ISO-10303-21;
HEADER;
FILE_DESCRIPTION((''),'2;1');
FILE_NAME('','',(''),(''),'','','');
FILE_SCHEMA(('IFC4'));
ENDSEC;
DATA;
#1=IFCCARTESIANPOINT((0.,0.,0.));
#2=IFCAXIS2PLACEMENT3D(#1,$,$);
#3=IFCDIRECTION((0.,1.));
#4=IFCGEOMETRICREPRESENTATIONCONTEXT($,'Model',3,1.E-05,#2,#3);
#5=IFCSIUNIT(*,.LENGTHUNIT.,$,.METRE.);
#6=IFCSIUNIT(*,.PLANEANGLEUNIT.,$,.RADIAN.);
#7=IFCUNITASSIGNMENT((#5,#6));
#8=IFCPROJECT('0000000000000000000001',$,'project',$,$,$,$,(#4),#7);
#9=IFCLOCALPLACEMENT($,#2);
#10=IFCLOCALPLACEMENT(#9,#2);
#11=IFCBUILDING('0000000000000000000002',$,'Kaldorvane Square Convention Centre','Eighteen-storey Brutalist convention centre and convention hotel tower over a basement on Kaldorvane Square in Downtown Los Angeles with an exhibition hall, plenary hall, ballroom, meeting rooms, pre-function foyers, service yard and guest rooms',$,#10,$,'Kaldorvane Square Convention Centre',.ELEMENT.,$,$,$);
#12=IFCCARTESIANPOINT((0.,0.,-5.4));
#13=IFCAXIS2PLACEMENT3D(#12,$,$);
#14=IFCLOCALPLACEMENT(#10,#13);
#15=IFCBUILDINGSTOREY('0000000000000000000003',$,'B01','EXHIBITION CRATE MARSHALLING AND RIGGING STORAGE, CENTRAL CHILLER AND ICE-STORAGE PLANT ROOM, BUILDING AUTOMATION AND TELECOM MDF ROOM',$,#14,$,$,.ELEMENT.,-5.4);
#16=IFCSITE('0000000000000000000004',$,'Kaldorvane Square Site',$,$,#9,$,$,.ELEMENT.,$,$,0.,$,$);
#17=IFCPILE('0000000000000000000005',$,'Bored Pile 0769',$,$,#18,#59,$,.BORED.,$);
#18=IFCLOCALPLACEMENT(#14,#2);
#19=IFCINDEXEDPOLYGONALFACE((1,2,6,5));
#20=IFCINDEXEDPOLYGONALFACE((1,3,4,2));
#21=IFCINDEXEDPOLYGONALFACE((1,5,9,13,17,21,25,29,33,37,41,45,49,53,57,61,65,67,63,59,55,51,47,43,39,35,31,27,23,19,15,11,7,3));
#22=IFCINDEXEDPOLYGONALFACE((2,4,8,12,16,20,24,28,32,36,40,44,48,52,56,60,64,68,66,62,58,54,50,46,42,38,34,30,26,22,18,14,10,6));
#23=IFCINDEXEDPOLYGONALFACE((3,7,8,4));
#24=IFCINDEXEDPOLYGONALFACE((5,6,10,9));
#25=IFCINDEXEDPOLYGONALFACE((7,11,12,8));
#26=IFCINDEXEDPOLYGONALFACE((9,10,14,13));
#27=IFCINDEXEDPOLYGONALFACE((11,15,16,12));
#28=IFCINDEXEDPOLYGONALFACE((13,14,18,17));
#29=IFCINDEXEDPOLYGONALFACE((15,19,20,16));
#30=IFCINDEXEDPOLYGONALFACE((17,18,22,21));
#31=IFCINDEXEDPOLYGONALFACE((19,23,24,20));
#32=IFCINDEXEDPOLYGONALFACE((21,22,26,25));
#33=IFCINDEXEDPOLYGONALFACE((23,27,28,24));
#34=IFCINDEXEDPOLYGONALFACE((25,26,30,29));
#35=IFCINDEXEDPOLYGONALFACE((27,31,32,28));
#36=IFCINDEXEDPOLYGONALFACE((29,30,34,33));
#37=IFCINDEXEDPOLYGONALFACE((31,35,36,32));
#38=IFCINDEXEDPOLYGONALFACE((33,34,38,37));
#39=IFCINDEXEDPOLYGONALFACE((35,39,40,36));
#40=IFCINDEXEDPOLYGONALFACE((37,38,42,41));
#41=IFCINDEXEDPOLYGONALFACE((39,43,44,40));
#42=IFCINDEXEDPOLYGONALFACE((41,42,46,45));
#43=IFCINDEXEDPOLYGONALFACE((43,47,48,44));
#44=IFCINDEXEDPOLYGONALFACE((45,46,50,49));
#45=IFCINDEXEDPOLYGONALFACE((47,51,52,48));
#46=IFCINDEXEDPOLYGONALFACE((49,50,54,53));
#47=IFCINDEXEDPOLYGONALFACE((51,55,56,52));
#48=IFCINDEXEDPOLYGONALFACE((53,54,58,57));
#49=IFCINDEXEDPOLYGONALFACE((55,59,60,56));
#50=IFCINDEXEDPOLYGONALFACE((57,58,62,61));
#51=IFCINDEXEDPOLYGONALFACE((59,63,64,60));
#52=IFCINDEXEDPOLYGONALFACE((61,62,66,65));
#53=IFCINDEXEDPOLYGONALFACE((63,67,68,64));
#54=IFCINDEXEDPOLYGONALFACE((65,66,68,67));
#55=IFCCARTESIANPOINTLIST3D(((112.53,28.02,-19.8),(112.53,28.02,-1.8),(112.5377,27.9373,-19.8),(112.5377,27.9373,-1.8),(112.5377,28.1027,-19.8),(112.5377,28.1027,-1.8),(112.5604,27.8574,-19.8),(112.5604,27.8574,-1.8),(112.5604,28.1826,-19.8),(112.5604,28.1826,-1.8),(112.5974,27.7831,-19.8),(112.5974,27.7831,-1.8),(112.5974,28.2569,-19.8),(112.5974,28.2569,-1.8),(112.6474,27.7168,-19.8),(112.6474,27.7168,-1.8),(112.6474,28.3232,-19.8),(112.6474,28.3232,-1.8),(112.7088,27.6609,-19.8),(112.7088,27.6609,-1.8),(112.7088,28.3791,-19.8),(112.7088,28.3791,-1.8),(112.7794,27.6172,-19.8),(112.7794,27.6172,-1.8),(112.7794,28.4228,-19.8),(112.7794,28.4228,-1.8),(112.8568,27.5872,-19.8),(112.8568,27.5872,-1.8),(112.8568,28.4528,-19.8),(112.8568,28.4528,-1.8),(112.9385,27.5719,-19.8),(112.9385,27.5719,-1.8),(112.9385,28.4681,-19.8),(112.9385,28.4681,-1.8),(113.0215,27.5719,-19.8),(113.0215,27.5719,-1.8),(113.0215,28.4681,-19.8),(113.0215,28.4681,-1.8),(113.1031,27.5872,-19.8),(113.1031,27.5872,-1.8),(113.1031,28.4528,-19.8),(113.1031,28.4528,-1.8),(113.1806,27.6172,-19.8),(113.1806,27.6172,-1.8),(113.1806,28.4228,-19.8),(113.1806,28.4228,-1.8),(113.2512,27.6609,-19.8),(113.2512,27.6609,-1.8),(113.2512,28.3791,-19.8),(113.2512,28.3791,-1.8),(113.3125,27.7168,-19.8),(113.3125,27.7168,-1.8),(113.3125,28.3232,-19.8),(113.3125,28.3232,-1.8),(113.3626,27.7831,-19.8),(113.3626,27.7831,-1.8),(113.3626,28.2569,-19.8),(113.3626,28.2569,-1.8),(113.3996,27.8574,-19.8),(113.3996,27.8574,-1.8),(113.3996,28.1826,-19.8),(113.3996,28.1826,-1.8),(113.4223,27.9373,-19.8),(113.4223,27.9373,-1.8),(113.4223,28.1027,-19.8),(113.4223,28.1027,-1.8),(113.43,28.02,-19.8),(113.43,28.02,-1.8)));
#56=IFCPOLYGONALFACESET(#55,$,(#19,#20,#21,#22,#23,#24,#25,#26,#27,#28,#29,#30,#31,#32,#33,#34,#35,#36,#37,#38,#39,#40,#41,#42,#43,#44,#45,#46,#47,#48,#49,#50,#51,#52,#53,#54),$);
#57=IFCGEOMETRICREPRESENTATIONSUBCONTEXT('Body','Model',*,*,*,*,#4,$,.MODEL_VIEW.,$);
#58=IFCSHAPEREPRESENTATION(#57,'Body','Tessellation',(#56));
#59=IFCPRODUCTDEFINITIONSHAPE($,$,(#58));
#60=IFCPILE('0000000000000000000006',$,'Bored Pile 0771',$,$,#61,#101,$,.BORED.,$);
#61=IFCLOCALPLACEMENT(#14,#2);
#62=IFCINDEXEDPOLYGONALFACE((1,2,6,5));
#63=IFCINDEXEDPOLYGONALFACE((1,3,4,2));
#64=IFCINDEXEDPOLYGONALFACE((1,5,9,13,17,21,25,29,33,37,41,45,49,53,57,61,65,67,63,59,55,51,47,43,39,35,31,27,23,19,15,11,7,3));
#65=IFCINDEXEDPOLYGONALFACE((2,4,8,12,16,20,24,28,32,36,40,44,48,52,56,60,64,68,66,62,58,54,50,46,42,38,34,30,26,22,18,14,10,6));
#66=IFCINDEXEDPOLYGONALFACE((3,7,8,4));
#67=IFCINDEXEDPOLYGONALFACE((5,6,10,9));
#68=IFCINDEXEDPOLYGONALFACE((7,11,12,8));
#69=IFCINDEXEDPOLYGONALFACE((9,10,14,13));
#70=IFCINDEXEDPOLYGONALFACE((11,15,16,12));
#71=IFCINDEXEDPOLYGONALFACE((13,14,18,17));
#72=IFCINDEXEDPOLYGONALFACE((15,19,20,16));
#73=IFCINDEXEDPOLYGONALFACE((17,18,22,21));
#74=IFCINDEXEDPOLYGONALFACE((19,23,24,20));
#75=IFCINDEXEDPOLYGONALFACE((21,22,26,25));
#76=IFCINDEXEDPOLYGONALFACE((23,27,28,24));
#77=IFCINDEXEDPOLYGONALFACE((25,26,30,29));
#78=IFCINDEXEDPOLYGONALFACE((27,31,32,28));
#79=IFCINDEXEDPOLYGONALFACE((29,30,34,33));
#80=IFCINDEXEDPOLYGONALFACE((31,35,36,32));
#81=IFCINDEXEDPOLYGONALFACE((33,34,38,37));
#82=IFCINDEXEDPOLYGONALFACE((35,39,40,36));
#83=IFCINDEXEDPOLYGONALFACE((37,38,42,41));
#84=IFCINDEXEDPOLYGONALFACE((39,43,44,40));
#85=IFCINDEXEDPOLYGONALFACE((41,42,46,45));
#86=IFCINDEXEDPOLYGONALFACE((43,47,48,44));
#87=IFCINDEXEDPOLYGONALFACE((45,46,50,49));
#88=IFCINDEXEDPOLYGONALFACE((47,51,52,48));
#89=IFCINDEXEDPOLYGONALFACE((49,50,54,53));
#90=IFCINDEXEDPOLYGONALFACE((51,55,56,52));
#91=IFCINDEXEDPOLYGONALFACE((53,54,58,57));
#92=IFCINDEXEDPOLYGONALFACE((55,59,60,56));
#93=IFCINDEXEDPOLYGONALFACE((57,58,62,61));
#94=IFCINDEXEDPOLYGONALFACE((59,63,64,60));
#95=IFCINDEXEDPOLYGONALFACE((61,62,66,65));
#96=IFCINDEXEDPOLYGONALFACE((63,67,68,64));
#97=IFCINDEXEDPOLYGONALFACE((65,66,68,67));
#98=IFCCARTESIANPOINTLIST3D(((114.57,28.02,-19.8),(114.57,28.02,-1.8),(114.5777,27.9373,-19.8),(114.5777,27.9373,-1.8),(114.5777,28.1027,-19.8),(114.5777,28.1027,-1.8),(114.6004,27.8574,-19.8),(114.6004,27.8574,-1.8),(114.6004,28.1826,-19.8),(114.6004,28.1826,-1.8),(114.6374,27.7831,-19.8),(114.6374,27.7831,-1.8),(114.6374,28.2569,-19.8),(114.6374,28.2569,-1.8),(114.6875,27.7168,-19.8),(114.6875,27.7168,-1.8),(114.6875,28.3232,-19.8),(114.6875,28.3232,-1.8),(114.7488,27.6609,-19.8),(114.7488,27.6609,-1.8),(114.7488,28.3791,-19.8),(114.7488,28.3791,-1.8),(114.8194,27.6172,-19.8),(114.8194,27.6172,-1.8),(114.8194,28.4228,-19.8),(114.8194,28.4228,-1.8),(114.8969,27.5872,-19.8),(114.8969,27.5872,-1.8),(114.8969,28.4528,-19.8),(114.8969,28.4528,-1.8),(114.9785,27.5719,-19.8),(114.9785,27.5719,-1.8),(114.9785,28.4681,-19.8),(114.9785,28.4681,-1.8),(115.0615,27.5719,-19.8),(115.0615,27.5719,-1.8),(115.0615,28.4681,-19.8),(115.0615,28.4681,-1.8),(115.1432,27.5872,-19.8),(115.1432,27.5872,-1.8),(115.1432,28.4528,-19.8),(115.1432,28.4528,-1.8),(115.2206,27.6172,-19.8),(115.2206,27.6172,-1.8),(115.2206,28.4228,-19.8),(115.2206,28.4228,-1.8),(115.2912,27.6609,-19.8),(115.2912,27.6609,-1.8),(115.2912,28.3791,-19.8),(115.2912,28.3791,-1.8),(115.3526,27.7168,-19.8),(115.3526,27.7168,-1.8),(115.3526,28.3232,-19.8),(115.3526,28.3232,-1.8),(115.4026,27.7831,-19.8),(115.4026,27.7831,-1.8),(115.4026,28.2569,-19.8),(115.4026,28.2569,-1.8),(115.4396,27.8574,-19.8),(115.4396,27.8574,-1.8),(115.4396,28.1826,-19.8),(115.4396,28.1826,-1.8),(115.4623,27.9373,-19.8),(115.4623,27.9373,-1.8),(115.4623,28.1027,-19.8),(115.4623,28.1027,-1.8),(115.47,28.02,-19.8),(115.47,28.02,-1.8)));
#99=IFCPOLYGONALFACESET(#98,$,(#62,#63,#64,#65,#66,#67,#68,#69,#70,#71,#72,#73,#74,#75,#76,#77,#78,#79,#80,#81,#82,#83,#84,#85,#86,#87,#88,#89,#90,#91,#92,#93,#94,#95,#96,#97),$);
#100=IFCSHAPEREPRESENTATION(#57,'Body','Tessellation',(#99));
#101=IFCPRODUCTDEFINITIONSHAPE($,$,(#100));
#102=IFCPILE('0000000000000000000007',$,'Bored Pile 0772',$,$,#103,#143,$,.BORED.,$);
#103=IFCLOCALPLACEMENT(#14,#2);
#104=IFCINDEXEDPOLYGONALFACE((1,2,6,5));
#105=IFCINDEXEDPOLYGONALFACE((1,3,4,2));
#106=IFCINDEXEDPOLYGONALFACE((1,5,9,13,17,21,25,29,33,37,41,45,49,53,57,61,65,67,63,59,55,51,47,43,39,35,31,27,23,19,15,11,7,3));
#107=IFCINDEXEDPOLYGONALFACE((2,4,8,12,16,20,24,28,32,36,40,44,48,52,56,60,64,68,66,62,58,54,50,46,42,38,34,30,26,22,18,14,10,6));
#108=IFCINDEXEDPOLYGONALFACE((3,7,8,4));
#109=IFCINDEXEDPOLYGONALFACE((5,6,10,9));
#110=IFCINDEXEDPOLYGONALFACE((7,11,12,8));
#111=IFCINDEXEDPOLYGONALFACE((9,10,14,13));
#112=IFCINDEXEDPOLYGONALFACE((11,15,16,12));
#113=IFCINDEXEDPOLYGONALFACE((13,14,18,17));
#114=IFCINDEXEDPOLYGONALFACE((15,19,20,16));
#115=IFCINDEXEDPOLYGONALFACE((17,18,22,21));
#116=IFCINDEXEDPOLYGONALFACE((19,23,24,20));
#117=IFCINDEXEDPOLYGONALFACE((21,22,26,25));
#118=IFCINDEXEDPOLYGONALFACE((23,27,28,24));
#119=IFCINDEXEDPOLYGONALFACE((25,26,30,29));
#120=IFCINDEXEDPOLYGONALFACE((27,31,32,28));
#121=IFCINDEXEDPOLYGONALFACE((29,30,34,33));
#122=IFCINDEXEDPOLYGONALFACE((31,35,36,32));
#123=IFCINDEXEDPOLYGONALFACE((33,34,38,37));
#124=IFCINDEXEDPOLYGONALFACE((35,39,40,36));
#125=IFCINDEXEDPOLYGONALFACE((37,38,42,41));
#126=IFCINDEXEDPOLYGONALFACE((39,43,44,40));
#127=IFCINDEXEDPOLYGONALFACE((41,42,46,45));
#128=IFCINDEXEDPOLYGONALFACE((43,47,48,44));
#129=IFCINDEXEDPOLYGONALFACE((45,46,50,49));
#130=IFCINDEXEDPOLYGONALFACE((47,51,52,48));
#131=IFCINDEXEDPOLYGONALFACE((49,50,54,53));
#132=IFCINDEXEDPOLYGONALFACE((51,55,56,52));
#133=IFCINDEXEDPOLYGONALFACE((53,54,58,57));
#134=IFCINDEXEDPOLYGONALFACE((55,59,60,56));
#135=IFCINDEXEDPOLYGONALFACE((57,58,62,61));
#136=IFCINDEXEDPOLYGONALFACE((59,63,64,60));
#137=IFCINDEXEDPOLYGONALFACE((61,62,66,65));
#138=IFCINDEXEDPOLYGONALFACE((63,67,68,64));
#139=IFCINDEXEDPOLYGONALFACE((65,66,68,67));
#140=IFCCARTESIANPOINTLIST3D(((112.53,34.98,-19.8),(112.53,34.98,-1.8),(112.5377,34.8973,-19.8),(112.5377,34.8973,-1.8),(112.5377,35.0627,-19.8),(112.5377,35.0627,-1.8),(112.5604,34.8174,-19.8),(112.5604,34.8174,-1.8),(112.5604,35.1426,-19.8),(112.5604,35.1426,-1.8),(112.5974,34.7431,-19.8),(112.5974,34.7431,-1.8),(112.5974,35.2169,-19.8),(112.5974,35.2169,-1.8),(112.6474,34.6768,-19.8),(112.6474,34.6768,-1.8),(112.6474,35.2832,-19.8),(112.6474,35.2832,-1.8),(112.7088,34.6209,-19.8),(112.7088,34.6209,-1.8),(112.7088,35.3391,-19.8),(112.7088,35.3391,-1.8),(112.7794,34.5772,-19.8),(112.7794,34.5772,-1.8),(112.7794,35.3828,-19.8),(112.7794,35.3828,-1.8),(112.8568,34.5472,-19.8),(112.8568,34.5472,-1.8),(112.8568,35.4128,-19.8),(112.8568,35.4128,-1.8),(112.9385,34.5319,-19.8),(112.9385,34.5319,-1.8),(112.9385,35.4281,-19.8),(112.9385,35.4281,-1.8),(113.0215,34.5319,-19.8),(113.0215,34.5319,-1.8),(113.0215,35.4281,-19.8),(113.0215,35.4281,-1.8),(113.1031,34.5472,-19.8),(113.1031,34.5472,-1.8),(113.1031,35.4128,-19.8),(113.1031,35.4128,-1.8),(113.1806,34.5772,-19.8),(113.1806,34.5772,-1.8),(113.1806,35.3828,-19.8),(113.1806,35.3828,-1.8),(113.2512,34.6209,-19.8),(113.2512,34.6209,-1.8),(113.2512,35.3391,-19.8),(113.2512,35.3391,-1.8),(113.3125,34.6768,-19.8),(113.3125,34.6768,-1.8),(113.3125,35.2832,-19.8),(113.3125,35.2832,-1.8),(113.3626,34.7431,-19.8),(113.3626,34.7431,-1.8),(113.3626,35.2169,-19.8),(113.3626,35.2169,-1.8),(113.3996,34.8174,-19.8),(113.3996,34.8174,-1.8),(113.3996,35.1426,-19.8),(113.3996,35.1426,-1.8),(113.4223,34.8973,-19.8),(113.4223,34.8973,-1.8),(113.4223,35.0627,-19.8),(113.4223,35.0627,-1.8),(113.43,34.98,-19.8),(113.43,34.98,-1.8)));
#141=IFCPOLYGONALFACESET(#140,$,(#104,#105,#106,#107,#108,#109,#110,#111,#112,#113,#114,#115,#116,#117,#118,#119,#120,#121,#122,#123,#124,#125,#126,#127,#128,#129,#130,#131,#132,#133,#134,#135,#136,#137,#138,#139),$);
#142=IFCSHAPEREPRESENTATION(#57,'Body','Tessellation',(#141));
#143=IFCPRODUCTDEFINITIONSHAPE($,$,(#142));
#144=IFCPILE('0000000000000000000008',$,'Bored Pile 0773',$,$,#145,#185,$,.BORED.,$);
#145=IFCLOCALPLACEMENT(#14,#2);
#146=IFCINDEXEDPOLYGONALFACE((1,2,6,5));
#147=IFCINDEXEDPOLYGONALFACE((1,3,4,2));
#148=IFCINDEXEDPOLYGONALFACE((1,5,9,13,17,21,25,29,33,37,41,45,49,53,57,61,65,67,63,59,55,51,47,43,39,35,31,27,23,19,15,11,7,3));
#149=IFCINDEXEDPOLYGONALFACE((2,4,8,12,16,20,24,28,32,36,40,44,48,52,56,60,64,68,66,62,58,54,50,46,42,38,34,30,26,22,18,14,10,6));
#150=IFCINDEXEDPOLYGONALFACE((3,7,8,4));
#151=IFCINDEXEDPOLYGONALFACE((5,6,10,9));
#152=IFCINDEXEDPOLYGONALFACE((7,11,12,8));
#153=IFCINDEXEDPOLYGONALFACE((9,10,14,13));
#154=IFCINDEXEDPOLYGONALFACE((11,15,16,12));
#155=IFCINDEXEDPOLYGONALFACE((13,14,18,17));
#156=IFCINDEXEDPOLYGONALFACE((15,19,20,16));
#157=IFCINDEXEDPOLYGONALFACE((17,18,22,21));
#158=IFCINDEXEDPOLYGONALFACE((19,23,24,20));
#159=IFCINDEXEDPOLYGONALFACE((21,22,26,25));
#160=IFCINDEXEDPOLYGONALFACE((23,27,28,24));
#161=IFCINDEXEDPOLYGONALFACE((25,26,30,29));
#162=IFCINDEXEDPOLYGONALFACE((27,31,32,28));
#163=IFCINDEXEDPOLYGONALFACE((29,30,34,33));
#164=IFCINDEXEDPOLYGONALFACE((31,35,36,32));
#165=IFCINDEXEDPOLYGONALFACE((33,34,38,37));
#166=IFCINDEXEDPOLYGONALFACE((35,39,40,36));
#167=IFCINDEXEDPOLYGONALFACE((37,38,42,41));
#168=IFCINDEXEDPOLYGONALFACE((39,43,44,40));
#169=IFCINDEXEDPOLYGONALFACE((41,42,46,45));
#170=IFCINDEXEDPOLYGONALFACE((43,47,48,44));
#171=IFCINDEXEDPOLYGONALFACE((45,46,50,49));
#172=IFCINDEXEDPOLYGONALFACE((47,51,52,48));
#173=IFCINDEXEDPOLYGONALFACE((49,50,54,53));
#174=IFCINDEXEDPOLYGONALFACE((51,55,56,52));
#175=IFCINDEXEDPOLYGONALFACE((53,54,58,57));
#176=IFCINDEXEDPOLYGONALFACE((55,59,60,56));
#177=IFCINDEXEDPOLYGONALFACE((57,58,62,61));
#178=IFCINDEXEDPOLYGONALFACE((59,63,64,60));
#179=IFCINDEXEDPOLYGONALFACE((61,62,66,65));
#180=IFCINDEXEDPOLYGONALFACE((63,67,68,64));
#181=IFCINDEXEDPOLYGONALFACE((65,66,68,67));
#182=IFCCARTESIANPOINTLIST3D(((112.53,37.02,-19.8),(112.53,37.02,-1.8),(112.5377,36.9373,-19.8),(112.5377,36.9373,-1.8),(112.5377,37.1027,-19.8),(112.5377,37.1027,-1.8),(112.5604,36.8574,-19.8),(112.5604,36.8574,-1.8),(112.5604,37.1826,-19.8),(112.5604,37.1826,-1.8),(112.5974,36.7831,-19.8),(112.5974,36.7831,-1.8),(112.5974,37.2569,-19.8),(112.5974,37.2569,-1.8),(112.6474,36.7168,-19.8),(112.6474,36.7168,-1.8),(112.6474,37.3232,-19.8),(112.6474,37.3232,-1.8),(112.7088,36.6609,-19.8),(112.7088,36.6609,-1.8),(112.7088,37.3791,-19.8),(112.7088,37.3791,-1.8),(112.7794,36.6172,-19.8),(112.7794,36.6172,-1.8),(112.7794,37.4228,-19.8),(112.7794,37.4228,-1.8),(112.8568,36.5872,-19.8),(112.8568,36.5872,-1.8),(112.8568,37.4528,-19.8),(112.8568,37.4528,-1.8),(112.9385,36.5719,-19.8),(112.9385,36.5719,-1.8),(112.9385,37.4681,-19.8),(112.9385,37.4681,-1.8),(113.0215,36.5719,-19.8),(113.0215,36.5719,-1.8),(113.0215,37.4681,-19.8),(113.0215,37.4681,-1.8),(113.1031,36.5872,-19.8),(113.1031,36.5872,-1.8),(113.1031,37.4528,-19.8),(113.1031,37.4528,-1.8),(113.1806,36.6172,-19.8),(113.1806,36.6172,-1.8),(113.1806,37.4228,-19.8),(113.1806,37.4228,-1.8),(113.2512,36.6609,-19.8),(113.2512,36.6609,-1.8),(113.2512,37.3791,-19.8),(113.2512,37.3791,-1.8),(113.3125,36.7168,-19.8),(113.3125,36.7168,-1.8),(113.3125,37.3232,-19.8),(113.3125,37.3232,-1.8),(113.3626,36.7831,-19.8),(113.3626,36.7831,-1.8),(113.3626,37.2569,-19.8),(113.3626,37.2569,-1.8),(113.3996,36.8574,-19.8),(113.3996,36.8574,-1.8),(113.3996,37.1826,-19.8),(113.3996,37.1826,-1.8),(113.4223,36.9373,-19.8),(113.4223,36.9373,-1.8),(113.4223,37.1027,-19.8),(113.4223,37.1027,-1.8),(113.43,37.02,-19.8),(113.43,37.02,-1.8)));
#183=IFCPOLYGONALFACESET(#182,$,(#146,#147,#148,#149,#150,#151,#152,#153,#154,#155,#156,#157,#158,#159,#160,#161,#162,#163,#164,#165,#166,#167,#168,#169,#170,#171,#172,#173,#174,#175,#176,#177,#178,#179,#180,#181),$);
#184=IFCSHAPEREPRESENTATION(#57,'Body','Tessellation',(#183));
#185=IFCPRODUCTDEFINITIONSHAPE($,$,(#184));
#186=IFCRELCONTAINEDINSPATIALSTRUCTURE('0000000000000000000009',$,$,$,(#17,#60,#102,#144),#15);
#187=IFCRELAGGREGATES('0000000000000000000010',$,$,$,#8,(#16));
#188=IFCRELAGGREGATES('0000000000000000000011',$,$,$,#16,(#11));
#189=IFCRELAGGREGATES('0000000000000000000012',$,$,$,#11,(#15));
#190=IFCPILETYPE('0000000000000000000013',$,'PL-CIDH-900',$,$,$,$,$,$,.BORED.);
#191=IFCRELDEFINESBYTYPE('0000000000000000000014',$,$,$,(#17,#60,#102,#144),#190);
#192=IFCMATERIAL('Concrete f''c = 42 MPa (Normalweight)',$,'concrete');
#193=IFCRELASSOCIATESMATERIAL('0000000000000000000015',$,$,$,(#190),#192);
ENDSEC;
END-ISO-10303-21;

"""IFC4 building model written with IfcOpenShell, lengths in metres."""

from ifc_helpers import new_model, si_unit, direction, frame, origin, origin_2d, place, context, subcontext, project, spatial, circle, extrude, material, material_profile, profile_set, type_object, element, save


model = new_model("IFC4")

# Units and contexts
model_context = context("Model", 3, precision=1e-05, world=origin(), true_north=direction((0.0, 1.0)))
body_context = subcontext(model_context, "Body", "Model", "MODEL_VIEW")
ifc_project = project(units=[si_unit("LENGTHUNIT", "METRE"), si_unit("PLANEANGLEUNIT", "RADIAN")], contexts=[model_context])

# Site, building, storey
site_placement = place(None, origin())
site = spatial("IfcSite", under=ifc_project, at=site_placement, Name="Kaldorvane Square Site", CompositionType="ELEMENT", RefElevation=0.0)
building_placement = place(site_placement, origin())
building = spatial("IfcBuilding", under=site, at=building_placement, Name="Kaldorvane Square Convention Centre", Description="Eighteen-storey Brutalist convention centre and convention hotel tower over a basement on Kaldorvane Square in Downtown Los Angeles with an exhibition hall, plenary hall, ballroom, meeting rooms, pre-function foyers, service yard and guest rooms", LongName="Kaldorvane Square Convention Centre", CompositionType="ELEMENT")
storey_placement = place(building_placement, frame((0.0, 0.0, -5.4)))
storey = spatial("IfcBuildingStorey", under=building, at=storey_placement, Name="B01", Description="EXHIBITION CRATE MARSHALLING AND RIGGING STORAGE, CENTRAL CHILLER AND ICE-STORAGE PLANT ROOM, BUILDING AUTOMATION AND TELECOM MDF ROOM", CompositionType="ELEMENT", Elevation=-5.4)

# Shared definitions
ifc_material_1 = material(Name="Concrete f'c = 42 MPa (Normalweight)", Category="concrete")

# Piles
ifc_material_profile_1 = material_profile(ifc_material_1, circle(Radius=0.45, at=origin_2d()), Name="PILE-D900")
ifc_profile_set_1 = profile_set([ifc_material_profile_1], Name="Concrete f'c = 42 MPa (Normalweight)")
pile_type = type_object("IfcPileType", Name="PL-CIDH-900", PredefinedType="BORED", material=ifc_profile_set_1)
for number, where, z_axis, x_axis, name in (
    (1, (112.98, 28.02, -1.8), (0.0, 0.0, -1.0), (1.0, 0.0, 0.0), "Bored Pile 0769"),
    (2, (115.02, 28.02, -1.8), (0.0, 0.0, -1.0), (1.0, 0.0, 0.0), "Bored Pile 0771"),
    (3, (112.98, 34.98, -1.8), (0.0, 0.0, -1.0), (1.0, 0.0, 0.0), "Bored Pile 0772"),
    (4, (112.98, 37.02, -1.8), (0.0, 0.0, -1.0), (1.0, 0.0, 0.0), "Bored Pile 0773"),
):
    element("IfcPile", number, at=place(storey_placement, frame(where, z_axis=z_axis, x_axis=x_axis)), inside=storey, type_object=pile_type, Name=name, PredefinedType="BORED", context=body_context, shape_type="SweptSolid", body=[
        extrude(circle(Radius=0.45, at=origin_2d()), origin(), (0.0, 0.0, 1.0), 18.0),
    ])

save(model, "model.ifc")
